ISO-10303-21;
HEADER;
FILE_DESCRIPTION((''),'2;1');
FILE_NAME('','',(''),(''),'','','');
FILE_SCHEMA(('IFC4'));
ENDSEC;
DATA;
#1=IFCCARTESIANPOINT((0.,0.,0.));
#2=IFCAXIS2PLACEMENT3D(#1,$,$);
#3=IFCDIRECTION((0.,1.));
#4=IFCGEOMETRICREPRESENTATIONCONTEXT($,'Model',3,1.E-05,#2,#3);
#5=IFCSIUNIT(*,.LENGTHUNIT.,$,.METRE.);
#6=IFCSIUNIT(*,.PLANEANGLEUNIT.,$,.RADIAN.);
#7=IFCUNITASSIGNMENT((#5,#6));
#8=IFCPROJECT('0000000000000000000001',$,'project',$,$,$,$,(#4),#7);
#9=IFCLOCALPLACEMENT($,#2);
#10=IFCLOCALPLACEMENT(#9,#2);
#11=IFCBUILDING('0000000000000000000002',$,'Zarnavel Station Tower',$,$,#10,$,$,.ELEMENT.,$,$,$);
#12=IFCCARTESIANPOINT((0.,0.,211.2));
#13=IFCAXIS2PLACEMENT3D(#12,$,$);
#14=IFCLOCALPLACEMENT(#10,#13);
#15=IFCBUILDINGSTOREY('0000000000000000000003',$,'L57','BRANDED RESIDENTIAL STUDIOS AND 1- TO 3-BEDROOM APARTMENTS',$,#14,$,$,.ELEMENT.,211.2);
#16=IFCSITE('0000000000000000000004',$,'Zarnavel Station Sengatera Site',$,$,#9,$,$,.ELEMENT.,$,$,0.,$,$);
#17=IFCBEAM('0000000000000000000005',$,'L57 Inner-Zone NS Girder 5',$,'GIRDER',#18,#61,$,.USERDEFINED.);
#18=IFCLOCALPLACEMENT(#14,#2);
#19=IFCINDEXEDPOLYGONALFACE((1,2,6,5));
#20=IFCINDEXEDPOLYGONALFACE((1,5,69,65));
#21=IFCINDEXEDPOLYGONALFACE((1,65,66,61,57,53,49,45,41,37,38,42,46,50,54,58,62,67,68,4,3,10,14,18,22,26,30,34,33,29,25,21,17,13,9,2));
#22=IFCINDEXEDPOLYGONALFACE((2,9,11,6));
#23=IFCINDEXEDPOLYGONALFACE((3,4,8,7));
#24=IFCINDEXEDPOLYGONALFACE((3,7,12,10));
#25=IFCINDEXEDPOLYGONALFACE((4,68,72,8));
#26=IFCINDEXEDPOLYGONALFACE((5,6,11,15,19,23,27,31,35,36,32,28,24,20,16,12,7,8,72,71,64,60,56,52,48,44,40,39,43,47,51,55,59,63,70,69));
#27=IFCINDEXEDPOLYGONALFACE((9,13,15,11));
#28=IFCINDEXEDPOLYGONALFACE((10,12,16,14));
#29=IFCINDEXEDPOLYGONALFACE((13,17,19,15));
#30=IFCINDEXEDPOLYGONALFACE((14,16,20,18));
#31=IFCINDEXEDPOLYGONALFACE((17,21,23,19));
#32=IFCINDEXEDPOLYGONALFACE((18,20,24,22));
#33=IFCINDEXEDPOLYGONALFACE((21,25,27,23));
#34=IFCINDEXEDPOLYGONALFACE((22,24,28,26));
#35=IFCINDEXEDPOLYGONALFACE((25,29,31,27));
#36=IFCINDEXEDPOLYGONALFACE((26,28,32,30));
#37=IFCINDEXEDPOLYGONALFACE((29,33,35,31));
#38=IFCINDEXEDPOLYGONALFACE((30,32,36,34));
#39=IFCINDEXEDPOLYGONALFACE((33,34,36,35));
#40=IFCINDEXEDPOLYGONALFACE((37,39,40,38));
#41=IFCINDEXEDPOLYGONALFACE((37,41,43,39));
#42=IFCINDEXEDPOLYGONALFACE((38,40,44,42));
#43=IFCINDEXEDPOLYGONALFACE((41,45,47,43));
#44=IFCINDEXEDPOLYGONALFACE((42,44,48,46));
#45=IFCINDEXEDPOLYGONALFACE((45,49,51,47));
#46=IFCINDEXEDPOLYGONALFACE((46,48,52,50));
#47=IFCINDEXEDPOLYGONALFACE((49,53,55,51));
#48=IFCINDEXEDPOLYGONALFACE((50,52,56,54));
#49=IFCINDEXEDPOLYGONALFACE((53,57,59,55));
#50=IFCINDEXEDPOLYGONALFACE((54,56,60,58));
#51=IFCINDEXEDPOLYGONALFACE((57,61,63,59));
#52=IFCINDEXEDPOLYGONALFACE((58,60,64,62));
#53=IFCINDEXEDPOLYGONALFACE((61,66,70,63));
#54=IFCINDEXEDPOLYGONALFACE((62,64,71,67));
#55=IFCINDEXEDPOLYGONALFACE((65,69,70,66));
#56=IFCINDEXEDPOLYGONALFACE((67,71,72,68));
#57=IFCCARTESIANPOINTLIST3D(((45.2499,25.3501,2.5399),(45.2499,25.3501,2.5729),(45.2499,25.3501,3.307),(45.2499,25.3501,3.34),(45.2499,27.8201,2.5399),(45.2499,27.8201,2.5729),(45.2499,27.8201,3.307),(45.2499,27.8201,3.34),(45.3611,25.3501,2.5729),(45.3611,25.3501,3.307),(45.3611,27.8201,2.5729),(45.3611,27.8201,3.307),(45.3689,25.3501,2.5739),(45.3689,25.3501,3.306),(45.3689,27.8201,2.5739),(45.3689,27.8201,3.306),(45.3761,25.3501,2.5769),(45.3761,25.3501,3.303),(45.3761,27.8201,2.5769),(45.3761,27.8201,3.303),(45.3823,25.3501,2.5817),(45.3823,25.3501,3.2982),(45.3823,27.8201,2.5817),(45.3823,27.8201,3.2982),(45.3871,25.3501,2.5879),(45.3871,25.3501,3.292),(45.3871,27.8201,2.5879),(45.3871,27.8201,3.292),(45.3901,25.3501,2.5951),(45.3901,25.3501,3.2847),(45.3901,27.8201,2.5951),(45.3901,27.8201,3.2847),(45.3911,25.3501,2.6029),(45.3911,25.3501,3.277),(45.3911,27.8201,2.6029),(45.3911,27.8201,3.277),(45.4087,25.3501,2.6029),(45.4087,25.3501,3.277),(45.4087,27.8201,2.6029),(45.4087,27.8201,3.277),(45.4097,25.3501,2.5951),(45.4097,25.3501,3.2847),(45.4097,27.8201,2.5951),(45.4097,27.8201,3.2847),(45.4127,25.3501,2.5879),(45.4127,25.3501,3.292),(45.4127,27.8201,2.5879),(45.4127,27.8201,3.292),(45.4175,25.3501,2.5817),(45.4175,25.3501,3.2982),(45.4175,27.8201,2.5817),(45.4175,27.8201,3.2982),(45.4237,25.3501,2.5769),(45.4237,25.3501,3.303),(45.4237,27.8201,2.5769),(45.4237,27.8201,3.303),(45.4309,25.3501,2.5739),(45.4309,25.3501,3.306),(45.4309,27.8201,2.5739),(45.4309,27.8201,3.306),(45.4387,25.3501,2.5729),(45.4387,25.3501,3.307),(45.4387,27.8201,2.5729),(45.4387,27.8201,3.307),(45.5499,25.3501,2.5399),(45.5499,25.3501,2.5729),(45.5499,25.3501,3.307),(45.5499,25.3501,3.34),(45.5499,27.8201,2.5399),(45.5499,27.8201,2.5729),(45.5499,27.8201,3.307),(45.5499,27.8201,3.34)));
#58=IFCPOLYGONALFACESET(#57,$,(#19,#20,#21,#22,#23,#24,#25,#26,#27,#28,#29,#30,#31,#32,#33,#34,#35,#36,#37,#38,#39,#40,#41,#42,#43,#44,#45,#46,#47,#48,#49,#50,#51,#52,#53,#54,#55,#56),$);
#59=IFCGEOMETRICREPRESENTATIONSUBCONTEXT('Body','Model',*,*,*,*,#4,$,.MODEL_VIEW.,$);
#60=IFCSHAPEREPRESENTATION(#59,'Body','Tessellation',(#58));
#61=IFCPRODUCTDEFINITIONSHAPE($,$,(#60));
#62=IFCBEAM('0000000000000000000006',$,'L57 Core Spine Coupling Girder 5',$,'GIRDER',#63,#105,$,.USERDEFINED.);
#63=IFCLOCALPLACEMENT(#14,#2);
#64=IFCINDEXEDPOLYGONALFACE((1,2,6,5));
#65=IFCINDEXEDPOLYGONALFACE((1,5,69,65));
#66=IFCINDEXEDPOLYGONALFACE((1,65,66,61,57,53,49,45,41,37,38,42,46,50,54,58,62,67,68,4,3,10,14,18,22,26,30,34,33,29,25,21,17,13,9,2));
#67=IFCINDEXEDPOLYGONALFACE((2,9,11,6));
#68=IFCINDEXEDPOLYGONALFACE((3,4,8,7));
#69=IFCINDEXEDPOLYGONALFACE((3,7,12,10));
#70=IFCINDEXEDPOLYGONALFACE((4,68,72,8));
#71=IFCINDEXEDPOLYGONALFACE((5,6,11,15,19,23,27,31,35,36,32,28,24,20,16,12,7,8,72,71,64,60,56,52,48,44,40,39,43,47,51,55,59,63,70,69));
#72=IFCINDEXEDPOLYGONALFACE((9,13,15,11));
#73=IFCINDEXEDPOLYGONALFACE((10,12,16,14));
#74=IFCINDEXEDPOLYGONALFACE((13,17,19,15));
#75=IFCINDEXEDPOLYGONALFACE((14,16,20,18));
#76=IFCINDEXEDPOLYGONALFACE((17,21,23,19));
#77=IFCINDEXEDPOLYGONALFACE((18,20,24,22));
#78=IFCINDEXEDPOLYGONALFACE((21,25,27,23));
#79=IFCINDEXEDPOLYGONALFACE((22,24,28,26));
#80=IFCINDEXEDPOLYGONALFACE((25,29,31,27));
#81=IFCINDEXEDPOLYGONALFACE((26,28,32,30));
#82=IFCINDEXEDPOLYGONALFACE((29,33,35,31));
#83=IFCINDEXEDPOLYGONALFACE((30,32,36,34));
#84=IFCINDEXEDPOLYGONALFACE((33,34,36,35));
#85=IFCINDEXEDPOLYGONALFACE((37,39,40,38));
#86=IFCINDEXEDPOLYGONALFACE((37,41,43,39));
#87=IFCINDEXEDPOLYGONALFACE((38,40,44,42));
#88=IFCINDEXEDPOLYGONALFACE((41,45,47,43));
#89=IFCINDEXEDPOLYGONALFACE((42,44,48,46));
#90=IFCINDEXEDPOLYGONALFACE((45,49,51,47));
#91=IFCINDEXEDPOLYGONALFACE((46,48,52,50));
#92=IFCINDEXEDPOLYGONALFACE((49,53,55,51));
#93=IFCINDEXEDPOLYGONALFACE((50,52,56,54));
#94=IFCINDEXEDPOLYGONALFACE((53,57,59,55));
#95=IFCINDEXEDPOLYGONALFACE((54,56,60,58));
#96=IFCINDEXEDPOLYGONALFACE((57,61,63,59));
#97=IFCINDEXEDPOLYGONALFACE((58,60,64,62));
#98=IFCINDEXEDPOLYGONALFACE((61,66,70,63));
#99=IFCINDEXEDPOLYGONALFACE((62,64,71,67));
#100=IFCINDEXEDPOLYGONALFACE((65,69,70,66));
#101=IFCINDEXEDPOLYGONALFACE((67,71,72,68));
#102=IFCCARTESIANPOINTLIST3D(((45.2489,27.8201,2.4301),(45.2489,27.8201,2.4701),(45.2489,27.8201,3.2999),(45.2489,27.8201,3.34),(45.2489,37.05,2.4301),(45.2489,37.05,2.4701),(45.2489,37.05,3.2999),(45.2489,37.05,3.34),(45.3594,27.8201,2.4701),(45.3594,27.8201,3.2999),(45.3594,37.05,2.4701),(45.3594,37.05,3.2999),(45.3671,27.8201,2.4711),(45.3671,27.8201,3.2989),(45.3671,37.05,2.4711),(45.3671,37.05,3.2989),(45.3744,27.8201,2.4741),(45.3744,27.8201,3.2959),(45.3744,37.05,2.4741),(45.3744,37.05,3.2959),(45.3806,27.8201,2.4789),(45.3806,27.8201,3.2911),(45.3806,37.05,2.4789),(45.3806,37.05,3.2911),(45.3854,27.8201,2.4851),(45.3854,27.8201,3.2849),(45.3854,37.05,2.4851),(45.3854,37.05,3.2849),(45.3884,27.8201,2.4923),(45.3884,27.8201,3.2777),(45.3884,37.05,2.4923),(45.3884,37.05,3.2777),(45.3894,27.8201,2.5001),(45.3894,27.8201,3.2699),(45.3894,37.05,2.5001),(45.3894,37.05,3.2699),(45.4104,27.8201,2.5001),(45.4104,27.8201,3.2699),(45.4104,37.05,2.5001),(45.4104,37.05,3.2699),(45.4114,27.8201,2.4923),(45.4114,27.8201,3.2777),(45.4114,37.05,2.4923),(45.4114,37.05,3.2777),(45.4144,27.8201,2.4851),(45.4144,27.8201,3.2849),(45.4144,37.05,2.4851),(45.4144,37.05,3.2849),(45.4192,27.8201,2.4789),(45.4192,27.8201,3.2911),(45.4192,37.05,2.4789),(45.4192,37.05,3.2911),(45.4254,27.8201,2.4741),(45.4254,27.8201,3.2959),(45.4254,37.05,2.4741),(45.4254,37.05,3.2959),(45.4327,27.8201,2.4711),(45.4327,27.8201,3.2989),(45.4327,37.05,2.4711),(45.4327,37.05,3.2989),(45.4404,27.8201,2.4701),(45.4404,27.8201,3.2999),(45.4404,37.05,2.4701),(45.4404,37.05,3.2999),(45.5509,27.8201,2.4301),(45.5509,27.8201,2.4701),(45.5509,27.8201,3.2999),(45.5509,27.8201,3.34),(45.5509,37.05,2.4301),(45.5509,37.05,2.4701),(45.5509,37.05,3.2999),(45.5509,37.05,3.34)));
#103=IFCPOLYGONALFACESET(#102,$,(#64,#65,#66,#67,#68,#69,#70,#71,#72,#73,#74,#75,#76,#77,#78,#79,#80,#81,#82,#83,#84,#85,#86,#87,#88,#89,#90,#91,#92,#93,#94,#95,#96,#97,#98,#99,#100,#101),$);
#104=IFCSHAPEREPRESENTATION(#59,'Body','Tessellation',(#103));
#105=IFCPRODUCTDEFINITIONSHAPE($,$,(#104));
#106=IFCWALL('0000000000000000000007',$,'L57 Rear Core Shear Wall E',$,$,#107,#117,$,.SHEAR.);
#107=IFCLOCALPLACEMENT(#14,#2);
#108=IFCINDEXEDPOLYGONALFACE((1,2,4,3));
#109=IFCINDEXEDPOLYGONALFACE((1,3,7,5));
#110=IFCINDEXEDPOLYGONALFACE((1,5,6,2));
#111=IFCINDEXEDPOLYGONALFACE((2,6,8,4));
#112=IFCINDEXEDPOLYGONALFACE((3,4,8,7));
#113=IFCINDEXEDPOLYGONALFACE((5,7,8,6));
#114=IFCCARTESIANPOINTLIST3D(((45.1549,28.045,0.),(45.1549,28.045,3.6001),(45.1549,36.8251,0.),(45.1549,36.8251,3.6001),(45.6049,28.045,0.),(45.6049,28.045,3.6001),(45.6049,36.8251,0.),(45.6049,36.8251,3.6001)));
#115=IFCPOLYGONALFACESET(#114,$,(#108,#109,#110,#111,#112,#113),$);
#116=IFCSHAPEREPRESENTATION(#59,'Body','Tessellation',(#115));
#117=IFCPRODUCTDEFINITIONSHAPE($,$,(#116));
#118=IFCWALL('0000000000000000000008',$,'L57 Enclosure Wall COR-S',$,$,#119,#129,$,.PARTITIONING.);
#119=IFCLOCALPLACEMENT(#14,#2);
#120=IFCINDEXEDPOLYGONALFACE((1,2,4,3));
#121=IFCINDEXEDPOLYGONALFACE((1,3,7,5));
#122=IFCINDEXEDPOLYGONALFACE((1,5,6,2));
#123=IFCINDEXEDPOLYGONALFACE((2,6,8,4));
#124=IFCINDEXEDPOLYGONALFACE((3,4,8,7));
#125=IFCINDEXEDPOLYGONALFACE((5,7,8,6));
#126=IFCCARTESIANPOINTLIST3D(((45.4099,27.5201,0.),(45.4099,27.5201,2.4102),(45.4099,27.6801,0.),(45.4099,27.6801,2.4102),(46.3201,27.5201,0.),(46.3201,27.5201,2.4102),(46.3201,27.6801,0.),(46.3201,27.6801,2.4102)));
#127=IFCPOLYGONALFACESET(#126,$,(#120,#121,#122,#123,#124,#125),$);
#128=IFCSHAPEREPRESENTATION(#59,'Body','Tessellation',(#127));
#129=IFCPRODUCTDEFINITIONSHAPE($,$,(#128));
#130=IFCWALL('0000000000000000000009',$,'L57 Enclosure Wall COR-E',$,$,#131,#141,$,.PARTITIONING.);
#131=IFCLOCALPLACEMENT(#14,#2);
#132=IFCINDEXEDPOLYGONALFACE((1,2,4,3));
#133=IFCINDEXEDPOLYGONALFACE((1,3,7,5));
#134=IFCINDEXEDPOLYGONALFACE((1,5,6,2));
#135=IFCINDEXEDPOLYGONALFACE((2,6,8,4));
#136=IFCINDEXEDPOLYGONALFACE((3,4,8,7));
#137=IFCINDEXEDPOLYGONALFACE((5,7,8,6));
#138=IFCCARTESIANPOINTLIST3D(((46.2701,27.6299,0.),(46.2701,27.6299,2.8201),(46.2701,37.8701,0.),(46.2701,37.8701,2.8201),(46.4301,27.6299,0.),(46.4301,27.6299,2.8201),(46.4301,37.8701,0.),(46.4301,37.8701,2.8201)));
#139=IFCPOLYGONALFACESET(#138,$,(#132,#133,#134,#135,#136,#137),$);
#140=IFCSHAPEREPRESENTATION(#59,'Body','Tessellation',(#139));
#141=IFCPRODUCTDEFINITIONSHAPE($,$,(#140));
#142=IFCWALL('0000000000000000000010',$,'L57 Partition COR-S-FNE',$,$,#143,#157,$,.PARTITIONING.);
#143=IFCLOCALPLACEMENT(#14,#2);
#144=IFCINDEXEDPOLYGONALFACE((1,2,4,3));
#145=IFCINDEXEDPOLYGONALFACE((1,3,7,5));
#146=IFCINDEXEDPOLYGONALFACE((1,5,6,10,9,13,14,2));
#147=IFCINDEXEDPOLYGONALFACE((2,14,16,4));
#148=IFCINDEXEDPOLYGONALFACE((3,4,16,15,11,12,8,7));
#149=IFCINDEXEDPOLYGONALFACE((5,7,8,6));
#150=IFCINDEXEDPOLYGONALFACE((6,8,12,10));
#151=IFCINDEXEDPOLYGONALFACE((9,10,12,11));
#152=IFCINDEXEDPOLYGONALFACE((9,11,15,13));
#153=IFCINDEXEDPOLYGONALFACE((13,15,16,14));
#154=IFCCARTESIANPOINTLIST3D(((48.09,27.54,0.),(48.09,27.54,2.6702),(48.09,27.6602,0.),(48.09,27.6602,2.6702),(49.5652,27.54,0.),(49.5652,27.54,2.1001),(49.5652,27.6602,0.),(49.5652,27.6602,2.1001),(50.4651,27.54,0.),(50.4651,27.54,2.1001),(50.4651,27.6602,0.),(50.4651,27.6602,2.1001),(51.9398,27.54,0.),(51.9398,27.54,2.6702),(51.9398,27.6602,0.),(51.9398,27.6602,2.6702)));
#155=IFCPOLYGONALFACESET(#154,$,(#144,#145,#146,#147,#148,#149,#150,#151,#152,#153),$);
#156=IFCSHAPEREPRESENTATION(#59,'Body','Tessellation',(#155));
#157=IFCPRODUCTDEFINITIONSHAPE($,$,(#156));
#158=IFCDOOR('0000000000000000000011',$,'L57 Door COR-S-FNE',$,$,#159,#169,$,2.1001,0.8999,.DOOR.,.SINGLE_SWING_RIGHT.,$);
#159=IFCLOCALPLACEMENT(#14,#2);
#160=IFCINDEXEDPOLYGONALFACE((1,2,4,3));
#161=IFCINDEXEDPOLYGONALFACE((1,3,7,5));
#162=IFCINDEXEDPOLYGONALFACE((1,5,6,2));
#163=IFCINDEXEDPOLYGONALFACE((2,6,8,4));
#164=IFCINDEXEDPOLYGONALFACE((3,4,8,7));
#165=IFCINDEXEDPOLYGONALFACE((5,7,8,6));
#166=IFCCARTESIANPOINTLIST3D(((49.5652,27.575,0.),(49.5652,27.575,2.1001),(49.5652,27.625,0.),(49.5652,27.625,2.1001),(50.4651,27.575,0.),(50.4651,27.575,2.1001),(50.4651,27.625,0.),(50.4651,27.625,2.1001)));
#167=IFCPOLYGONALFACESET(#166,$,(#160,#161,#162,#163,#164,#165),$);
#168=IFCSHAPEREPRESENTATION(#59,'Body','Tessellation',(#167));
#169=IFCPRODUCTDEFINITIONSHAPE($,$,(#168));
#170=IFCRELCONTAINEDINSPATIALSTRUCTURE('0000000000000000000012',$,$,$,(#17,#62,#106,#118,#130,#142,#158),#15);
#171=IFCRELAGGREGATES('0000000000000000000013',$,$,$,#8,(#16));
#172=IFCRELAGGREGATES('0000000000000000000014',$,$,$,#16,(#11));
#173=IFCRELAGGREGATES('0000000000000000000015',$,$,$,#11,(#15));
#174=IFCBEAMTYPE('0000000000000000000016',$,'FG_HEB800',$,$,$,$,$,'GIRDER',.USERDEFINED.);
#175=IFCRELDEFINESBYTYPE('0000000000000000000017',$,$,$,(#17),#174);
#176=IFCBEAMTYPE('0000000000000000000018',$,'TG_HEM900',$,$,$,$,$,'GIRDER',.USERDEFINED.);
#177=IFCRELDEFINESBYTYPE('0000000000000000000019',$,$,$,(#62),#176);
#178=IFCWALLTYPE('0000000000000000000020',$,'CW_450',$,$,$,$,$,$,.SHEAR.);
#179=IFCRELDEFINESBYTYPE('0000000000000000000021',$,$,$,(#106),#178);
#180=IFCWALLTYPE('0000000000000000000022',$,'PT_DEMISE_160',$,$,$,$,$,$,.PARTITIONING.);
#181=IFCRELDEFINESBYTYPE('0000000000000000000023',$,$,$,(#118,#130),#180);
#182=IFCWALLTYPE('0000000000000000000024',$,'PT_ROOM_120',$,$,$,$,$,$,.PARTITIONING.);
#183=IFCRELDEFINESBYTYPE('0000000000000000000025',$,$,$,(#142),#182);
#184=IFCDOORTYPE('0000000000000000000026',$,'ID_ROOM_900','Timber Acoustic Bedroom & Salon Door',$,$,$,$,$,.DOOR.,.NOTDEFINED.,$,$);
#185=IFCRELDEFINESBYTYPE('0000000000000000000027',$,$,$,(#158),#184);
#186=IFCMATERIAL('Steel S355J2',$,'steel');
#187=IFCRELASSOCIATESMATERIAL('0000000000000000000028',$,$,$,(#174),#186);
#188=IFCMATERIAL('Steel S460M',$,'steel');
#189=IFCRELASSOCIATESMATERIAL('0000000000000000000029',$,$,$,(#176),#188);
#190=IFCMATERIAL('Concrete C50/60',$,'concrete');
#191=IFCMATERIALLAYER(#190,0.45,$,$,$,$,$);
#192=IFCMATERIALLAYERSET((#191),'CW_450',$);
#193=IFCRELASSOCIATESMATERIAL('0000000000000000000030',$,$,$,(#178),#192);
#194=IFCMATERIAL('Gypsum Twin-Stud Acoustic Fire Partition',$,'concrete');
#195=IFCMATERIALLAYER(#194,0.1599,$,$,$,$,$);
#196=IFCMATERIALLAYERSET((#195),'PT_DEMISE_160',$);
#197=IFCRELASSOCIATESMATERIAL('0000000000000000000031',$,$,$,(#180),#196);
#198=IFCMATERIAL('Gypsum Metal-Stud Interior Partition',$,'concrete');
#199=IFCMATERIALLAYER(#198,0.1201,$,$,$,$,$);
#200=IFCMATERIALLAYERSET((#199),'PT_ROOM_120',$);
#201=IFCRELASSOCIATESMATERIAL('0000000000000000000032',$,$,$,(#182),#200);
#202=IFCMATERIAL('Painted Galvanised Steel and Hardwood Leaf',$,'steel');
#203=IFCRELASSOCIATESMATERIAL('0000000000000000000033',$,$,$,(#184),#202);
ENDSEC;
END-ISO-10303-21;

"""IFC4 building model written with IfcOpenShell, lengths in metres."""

from ifc_helpers import new_model, si_unit, direction, frame, frame_2d, origin, origin_2d, place, context, subcontext, project, spatial, rectangle, i_section, extrude, material, layer, layer_set, material_profile, profile_set, type_object, element, fill, save


model = new_model("IFC4")

# Units and contexts
model_context = context("Model", 3, precision=1e-05, world=origin(), true_north=direction((0.0, 1.0)))
body_context = subcontext(model_context, "Body", "Model", "MODEL_VIEW")
ifc_project = project(units=[si_unit("LENGTHUNIT", "METRE"), si_unit("PLANEANGLEUNIT", "RADIAN")], contexts=[model_context])

# Site, building, storey
site_placement = place(None, origin())
site = spatial("IfcSite", under=ifc_project, at=site_placement, Name="Zarnavel Station Sengatera Site", CompositionType="ELEMENT", RefElevation=0.0)
building_placement = place(site_placement, origin())
building = spatial("IfcBuilding", under=site, at=building_placement, Name="Zarnavel Station Tower", CompositionType="ELEMENT")
storey_placement = place(building_placement, frame((0.0, 0.0, 211.2)))
storey = spatial("IfcBuildingStorey", under=building, at=storey_placement, Name="L57", Description="BRANDED RESIDENTIAL STUDIOS AND 1- TO 3-BEDROOM APARTMENTS", CompositionType="ELEMENT", Elevation=211.2)

# Beams
ifc_material_1 = material(Name="Steel S355J2", Category="steel")
ifc_material_profile_1 = material_profile(ifc_material_1, i_section(OverallWidth=0.3, OverallDepth=0.8, WebThickness=0.0176, FlangeThickness=0.033, FilletRadius=0.03, at=origin_2d()), Name="HEB800")
ifc_profile_set_1 = profile_set([ifc_material_profile_1], Name="Steel S355J2")
beam_type_1 = type_object("IfcBeamType", Name="FG_HEB800", ElementType="GIRDER", PredefinedType="USERDEFINED", material=ifc_profile_set_1)
beam_1_placement = place(storey_placement, frame((45.3999, 25.3501, 2.9399), z_axis=(0.0, 1.0, 0.0), x_axis=(-1.0, 0.0, 0.0)))
element("IfcBeam", 1, at=beam_1_placement, inside=storey, type_object=beam_type_1, Name="L57 Inner-Zone NS Girder 5", ObjectType="GIRDER", PredefinedType="USERDEFINED", context=body_context, shape_type="SweptSolid", body=[
    extrude(i_section(OverallWidth=0.3, OverallDepth=0.8, WebThickness=0.0176, FlangeThickness=0.033, FilletRadius=0.03, at=origin_2d()), origin(), (0.0, 0.0, 1.0), 2.47),
])
ifc_material_2 = material(Name="Steel S460M", Category="steel")
ifc_material_profile_2 = material_profile(ifc_material_2, i_section(OverallWidth=0.302, OverallDepth=0.9099, WebThickness=0.021, FlangeThickness=0.04, FilletRadius=0.03, at=origin_2d()), Name="HEM900")
ifc_profile_set_2 = profile_set([ifc_material_profile_2], Name="Steel S460M")
beam_type_2 = type_object("IfcBeamType", Name="TG_HEM900", ElementType="GIRDER", PredefinedType="USERDEFINED", material=ifc_profile_set_2)
beam_2_placement = place(storey_placement, frame((45.3999, 27.8201, 2.885), z_axis=(0.0, 1.0, 0.0), x_axis=(-1.0, 0.0, 0.0)))
element("IfcBeam", 2, at=beam_2_placement, inside=storey, type_object=beam_type_2, Name="L57 Core Spine Coupling Girder 5", ObjectType="GIRDER", PredefinedType="USERDEFINED", context=body_context, shape_type="SweptSolid", body=[
    extrude(i_section(OverallWidth=0.302, OverallDepth=0.9099, WebThickness=0.021, FlangeThickness=0.04, FilletRadius=0.03, at=origin_2d()), origin(), (0.0, 0.0, 1.0), 9.23),
])

# Shared definitions
ifc_material_3 = material(Name="Concrete C50/60", Category="concrete")
ifc_layer_1 = layer(ifc_material_3, 0.45)
ifc_layer_set_1 = layer_set([ifc_layer_1], Name="CW_450")
wall_type_1 = type_object("IfcWallType", Name="CW_450", PredefinedType="SHEAR", material=ifc_layer_set_1)

# Wall
wall_1_placement = place(storey_placement, frame((45.3799, 28.0449, 0.0), z_axis=(0.0, 0.0, 1.0), x_axis=(0.0, 1.0, 0.0)))
element("IfcWall", 3, at=wall_1_placement, inside=storey, type_object=wall_type_1, Name="L57 Rear Core Shear Wall E", PredefinedType="SHEAR", context=body_context, shape_type="SweptSolid", body=[
    extrude(rectangle(XDim=8.78, YDim=0.45, at=frame_2d((4.3901, 0.0))), origin(), (0.0, 0.0, 1.0), 3.6001),
])

# Shared definitions
ifc_material_4 = material(Name="Gypsum Twin-Stud Acoustic Fire Partition", Category="concrete")
ifc_layer_2 = layer(ifc_material_4, 0.1599)
ifc_layer_set_2 = layer_set([ifc_layer_2], Name="PT_DEMISE_160")
wall_type_2 = type_object("IfcWallType", Name="PT_DEMISE_160", PredefinedType="PARTITIONING", material=ifc_layer_set_2)

# Walls
wall_2_placement = place(storey_placement, frame((45.4099, 27.6001, 0.0), z_axis=(0.0, 0.0, 1.0), x_axis=(1.0, 0.0, 0.0)))
element("IfcWall", 4, at=wall_2_placement, inside=storey, type_object=wall_type_2, Name="L57 Enclosure Wall COR-S", PredefinedType="PARTITIONING", context=body_context, shape_type="SweptSolid", body=[
    extrude(rectangle(XDim=0.9102, YDim=0.1599, at=frame_2d((0.4551, 0.0))), origin(), (0.0, 0.0, 1.0), 2.4102),
])
wall_3_placement = place(storey_placement, frame((46.3501, 27.6299, 0.0), z_axis=(0.0, 0.0, 1.0), x_axis=(0.0, 1.0, 0.0)))
element("IfcWall", 5, at=wall_3_placement, inside=storey, type_object=wall_type_2, Name="L57 Enclosure Wall COR-E", PredefinedType="PARTITIONING", context=body_context, shape_type="SweptSolid", body=[
    extrude(rectangle(XDim=10.2402, YDim=0.1599, at=frame_2d((5.1201, 0.0))), origin(), (0.0, 0.0, 1.0), 2.8201),
])

# Wall, opening, door
ifc_material_5 = material(Name="Gypsum Metal-Stud Interior Partition", Category="concrete")
ifc_layer_3 = layer(ifc_material_5, 0.1201)
ifc_layer_set_3 = layer_set([ifc_layer_3], Name="PT_ROOM_120")
wall_type_3 = type_object("IfcWallType", Name="PT_ROOM_120", PredefinedType="PARTITIONING", material=ifc_layer_set_3)
wall_4_placement = place(storey_placement, frame((48.0901, 27.6001, 0.0), z_axis=(0.0, 0.0, 1.0), x_axis=(1.0, 0.0, 0.0)))
wall_4 = element("IfcWall", 6, at=wall_4_placement, inside=storey, type_object=wall_type_3, Name="L57 Partition COR-S-FNE", PredefinedType="PARTITIONING", context=body_context, shape_type="SweptSolid", body=[
    extrude(rectangle(XDim=3.8499, YDim=0.1201, at=frame_2d((1.9248, 0.0))), origin(), (0.0, 0.0, 1.0), 2.6702),
])
opening_1_placement = place(wall_4_placement, frame((1.4751, 0.0, 0.0)))
opening_1 = element("IfcOpeningElement", 7, at=opening_1_placement, cuts=wall_4, PredefinedType="OPENING", context=body_context, shape_type="SweptSolid", body=[
    extrude(rectangle(XDim=0.8999, YDim=2.1001, at=frame_2d((0.45, 1.05))), frame((0.0, 0.0701, 0.0), z_axis=(0.0, -1.0, 0.0), x_axis=(1.0, 0.0, 0.0)), (0.0, 0.0, 1.0), 0.1401),
])
ifc_material_6 = material(Name="Painted Galvanised Steel and Hardwood Leaf", Category="steel")
door_type_1 = type_object("IfcDoorType", Name="ID_ROOM_900", Description="Timber Acoustic Bedroom & Salon Door", OperationType="NOTDEFINED", PredefinedType="DOOR", material=ifc_material_6)
door_1_placement = place(opening_1_placement, origin())
door_1 = element("IfcDoor", 8, at=door_1_placement, inside=storey, type_object=door_type_1, Name="L57 Door COR-S-FNE", OperationType="SINGLE_SWING_RIGHT", OverallHeight=2.1001, OverallWidth=0.8999, PredefinedType="DOOR", context=body_context, shape_type="SweptSolid", body=[
    extrude(rectangle(XDim=0.8999, YDim=2.1001, at=frame_2d((0.45, 1.05))), frame((0.0, 0.0249, 0.0), z_axis=(0.0, -1.0, 0.0), x_axis=(1.0, 0.0, 0.0)), (0.0, 0.0, 1.0), 0.05),
])
fill(opening_1, door_1)

save(model, "model.ifc")
